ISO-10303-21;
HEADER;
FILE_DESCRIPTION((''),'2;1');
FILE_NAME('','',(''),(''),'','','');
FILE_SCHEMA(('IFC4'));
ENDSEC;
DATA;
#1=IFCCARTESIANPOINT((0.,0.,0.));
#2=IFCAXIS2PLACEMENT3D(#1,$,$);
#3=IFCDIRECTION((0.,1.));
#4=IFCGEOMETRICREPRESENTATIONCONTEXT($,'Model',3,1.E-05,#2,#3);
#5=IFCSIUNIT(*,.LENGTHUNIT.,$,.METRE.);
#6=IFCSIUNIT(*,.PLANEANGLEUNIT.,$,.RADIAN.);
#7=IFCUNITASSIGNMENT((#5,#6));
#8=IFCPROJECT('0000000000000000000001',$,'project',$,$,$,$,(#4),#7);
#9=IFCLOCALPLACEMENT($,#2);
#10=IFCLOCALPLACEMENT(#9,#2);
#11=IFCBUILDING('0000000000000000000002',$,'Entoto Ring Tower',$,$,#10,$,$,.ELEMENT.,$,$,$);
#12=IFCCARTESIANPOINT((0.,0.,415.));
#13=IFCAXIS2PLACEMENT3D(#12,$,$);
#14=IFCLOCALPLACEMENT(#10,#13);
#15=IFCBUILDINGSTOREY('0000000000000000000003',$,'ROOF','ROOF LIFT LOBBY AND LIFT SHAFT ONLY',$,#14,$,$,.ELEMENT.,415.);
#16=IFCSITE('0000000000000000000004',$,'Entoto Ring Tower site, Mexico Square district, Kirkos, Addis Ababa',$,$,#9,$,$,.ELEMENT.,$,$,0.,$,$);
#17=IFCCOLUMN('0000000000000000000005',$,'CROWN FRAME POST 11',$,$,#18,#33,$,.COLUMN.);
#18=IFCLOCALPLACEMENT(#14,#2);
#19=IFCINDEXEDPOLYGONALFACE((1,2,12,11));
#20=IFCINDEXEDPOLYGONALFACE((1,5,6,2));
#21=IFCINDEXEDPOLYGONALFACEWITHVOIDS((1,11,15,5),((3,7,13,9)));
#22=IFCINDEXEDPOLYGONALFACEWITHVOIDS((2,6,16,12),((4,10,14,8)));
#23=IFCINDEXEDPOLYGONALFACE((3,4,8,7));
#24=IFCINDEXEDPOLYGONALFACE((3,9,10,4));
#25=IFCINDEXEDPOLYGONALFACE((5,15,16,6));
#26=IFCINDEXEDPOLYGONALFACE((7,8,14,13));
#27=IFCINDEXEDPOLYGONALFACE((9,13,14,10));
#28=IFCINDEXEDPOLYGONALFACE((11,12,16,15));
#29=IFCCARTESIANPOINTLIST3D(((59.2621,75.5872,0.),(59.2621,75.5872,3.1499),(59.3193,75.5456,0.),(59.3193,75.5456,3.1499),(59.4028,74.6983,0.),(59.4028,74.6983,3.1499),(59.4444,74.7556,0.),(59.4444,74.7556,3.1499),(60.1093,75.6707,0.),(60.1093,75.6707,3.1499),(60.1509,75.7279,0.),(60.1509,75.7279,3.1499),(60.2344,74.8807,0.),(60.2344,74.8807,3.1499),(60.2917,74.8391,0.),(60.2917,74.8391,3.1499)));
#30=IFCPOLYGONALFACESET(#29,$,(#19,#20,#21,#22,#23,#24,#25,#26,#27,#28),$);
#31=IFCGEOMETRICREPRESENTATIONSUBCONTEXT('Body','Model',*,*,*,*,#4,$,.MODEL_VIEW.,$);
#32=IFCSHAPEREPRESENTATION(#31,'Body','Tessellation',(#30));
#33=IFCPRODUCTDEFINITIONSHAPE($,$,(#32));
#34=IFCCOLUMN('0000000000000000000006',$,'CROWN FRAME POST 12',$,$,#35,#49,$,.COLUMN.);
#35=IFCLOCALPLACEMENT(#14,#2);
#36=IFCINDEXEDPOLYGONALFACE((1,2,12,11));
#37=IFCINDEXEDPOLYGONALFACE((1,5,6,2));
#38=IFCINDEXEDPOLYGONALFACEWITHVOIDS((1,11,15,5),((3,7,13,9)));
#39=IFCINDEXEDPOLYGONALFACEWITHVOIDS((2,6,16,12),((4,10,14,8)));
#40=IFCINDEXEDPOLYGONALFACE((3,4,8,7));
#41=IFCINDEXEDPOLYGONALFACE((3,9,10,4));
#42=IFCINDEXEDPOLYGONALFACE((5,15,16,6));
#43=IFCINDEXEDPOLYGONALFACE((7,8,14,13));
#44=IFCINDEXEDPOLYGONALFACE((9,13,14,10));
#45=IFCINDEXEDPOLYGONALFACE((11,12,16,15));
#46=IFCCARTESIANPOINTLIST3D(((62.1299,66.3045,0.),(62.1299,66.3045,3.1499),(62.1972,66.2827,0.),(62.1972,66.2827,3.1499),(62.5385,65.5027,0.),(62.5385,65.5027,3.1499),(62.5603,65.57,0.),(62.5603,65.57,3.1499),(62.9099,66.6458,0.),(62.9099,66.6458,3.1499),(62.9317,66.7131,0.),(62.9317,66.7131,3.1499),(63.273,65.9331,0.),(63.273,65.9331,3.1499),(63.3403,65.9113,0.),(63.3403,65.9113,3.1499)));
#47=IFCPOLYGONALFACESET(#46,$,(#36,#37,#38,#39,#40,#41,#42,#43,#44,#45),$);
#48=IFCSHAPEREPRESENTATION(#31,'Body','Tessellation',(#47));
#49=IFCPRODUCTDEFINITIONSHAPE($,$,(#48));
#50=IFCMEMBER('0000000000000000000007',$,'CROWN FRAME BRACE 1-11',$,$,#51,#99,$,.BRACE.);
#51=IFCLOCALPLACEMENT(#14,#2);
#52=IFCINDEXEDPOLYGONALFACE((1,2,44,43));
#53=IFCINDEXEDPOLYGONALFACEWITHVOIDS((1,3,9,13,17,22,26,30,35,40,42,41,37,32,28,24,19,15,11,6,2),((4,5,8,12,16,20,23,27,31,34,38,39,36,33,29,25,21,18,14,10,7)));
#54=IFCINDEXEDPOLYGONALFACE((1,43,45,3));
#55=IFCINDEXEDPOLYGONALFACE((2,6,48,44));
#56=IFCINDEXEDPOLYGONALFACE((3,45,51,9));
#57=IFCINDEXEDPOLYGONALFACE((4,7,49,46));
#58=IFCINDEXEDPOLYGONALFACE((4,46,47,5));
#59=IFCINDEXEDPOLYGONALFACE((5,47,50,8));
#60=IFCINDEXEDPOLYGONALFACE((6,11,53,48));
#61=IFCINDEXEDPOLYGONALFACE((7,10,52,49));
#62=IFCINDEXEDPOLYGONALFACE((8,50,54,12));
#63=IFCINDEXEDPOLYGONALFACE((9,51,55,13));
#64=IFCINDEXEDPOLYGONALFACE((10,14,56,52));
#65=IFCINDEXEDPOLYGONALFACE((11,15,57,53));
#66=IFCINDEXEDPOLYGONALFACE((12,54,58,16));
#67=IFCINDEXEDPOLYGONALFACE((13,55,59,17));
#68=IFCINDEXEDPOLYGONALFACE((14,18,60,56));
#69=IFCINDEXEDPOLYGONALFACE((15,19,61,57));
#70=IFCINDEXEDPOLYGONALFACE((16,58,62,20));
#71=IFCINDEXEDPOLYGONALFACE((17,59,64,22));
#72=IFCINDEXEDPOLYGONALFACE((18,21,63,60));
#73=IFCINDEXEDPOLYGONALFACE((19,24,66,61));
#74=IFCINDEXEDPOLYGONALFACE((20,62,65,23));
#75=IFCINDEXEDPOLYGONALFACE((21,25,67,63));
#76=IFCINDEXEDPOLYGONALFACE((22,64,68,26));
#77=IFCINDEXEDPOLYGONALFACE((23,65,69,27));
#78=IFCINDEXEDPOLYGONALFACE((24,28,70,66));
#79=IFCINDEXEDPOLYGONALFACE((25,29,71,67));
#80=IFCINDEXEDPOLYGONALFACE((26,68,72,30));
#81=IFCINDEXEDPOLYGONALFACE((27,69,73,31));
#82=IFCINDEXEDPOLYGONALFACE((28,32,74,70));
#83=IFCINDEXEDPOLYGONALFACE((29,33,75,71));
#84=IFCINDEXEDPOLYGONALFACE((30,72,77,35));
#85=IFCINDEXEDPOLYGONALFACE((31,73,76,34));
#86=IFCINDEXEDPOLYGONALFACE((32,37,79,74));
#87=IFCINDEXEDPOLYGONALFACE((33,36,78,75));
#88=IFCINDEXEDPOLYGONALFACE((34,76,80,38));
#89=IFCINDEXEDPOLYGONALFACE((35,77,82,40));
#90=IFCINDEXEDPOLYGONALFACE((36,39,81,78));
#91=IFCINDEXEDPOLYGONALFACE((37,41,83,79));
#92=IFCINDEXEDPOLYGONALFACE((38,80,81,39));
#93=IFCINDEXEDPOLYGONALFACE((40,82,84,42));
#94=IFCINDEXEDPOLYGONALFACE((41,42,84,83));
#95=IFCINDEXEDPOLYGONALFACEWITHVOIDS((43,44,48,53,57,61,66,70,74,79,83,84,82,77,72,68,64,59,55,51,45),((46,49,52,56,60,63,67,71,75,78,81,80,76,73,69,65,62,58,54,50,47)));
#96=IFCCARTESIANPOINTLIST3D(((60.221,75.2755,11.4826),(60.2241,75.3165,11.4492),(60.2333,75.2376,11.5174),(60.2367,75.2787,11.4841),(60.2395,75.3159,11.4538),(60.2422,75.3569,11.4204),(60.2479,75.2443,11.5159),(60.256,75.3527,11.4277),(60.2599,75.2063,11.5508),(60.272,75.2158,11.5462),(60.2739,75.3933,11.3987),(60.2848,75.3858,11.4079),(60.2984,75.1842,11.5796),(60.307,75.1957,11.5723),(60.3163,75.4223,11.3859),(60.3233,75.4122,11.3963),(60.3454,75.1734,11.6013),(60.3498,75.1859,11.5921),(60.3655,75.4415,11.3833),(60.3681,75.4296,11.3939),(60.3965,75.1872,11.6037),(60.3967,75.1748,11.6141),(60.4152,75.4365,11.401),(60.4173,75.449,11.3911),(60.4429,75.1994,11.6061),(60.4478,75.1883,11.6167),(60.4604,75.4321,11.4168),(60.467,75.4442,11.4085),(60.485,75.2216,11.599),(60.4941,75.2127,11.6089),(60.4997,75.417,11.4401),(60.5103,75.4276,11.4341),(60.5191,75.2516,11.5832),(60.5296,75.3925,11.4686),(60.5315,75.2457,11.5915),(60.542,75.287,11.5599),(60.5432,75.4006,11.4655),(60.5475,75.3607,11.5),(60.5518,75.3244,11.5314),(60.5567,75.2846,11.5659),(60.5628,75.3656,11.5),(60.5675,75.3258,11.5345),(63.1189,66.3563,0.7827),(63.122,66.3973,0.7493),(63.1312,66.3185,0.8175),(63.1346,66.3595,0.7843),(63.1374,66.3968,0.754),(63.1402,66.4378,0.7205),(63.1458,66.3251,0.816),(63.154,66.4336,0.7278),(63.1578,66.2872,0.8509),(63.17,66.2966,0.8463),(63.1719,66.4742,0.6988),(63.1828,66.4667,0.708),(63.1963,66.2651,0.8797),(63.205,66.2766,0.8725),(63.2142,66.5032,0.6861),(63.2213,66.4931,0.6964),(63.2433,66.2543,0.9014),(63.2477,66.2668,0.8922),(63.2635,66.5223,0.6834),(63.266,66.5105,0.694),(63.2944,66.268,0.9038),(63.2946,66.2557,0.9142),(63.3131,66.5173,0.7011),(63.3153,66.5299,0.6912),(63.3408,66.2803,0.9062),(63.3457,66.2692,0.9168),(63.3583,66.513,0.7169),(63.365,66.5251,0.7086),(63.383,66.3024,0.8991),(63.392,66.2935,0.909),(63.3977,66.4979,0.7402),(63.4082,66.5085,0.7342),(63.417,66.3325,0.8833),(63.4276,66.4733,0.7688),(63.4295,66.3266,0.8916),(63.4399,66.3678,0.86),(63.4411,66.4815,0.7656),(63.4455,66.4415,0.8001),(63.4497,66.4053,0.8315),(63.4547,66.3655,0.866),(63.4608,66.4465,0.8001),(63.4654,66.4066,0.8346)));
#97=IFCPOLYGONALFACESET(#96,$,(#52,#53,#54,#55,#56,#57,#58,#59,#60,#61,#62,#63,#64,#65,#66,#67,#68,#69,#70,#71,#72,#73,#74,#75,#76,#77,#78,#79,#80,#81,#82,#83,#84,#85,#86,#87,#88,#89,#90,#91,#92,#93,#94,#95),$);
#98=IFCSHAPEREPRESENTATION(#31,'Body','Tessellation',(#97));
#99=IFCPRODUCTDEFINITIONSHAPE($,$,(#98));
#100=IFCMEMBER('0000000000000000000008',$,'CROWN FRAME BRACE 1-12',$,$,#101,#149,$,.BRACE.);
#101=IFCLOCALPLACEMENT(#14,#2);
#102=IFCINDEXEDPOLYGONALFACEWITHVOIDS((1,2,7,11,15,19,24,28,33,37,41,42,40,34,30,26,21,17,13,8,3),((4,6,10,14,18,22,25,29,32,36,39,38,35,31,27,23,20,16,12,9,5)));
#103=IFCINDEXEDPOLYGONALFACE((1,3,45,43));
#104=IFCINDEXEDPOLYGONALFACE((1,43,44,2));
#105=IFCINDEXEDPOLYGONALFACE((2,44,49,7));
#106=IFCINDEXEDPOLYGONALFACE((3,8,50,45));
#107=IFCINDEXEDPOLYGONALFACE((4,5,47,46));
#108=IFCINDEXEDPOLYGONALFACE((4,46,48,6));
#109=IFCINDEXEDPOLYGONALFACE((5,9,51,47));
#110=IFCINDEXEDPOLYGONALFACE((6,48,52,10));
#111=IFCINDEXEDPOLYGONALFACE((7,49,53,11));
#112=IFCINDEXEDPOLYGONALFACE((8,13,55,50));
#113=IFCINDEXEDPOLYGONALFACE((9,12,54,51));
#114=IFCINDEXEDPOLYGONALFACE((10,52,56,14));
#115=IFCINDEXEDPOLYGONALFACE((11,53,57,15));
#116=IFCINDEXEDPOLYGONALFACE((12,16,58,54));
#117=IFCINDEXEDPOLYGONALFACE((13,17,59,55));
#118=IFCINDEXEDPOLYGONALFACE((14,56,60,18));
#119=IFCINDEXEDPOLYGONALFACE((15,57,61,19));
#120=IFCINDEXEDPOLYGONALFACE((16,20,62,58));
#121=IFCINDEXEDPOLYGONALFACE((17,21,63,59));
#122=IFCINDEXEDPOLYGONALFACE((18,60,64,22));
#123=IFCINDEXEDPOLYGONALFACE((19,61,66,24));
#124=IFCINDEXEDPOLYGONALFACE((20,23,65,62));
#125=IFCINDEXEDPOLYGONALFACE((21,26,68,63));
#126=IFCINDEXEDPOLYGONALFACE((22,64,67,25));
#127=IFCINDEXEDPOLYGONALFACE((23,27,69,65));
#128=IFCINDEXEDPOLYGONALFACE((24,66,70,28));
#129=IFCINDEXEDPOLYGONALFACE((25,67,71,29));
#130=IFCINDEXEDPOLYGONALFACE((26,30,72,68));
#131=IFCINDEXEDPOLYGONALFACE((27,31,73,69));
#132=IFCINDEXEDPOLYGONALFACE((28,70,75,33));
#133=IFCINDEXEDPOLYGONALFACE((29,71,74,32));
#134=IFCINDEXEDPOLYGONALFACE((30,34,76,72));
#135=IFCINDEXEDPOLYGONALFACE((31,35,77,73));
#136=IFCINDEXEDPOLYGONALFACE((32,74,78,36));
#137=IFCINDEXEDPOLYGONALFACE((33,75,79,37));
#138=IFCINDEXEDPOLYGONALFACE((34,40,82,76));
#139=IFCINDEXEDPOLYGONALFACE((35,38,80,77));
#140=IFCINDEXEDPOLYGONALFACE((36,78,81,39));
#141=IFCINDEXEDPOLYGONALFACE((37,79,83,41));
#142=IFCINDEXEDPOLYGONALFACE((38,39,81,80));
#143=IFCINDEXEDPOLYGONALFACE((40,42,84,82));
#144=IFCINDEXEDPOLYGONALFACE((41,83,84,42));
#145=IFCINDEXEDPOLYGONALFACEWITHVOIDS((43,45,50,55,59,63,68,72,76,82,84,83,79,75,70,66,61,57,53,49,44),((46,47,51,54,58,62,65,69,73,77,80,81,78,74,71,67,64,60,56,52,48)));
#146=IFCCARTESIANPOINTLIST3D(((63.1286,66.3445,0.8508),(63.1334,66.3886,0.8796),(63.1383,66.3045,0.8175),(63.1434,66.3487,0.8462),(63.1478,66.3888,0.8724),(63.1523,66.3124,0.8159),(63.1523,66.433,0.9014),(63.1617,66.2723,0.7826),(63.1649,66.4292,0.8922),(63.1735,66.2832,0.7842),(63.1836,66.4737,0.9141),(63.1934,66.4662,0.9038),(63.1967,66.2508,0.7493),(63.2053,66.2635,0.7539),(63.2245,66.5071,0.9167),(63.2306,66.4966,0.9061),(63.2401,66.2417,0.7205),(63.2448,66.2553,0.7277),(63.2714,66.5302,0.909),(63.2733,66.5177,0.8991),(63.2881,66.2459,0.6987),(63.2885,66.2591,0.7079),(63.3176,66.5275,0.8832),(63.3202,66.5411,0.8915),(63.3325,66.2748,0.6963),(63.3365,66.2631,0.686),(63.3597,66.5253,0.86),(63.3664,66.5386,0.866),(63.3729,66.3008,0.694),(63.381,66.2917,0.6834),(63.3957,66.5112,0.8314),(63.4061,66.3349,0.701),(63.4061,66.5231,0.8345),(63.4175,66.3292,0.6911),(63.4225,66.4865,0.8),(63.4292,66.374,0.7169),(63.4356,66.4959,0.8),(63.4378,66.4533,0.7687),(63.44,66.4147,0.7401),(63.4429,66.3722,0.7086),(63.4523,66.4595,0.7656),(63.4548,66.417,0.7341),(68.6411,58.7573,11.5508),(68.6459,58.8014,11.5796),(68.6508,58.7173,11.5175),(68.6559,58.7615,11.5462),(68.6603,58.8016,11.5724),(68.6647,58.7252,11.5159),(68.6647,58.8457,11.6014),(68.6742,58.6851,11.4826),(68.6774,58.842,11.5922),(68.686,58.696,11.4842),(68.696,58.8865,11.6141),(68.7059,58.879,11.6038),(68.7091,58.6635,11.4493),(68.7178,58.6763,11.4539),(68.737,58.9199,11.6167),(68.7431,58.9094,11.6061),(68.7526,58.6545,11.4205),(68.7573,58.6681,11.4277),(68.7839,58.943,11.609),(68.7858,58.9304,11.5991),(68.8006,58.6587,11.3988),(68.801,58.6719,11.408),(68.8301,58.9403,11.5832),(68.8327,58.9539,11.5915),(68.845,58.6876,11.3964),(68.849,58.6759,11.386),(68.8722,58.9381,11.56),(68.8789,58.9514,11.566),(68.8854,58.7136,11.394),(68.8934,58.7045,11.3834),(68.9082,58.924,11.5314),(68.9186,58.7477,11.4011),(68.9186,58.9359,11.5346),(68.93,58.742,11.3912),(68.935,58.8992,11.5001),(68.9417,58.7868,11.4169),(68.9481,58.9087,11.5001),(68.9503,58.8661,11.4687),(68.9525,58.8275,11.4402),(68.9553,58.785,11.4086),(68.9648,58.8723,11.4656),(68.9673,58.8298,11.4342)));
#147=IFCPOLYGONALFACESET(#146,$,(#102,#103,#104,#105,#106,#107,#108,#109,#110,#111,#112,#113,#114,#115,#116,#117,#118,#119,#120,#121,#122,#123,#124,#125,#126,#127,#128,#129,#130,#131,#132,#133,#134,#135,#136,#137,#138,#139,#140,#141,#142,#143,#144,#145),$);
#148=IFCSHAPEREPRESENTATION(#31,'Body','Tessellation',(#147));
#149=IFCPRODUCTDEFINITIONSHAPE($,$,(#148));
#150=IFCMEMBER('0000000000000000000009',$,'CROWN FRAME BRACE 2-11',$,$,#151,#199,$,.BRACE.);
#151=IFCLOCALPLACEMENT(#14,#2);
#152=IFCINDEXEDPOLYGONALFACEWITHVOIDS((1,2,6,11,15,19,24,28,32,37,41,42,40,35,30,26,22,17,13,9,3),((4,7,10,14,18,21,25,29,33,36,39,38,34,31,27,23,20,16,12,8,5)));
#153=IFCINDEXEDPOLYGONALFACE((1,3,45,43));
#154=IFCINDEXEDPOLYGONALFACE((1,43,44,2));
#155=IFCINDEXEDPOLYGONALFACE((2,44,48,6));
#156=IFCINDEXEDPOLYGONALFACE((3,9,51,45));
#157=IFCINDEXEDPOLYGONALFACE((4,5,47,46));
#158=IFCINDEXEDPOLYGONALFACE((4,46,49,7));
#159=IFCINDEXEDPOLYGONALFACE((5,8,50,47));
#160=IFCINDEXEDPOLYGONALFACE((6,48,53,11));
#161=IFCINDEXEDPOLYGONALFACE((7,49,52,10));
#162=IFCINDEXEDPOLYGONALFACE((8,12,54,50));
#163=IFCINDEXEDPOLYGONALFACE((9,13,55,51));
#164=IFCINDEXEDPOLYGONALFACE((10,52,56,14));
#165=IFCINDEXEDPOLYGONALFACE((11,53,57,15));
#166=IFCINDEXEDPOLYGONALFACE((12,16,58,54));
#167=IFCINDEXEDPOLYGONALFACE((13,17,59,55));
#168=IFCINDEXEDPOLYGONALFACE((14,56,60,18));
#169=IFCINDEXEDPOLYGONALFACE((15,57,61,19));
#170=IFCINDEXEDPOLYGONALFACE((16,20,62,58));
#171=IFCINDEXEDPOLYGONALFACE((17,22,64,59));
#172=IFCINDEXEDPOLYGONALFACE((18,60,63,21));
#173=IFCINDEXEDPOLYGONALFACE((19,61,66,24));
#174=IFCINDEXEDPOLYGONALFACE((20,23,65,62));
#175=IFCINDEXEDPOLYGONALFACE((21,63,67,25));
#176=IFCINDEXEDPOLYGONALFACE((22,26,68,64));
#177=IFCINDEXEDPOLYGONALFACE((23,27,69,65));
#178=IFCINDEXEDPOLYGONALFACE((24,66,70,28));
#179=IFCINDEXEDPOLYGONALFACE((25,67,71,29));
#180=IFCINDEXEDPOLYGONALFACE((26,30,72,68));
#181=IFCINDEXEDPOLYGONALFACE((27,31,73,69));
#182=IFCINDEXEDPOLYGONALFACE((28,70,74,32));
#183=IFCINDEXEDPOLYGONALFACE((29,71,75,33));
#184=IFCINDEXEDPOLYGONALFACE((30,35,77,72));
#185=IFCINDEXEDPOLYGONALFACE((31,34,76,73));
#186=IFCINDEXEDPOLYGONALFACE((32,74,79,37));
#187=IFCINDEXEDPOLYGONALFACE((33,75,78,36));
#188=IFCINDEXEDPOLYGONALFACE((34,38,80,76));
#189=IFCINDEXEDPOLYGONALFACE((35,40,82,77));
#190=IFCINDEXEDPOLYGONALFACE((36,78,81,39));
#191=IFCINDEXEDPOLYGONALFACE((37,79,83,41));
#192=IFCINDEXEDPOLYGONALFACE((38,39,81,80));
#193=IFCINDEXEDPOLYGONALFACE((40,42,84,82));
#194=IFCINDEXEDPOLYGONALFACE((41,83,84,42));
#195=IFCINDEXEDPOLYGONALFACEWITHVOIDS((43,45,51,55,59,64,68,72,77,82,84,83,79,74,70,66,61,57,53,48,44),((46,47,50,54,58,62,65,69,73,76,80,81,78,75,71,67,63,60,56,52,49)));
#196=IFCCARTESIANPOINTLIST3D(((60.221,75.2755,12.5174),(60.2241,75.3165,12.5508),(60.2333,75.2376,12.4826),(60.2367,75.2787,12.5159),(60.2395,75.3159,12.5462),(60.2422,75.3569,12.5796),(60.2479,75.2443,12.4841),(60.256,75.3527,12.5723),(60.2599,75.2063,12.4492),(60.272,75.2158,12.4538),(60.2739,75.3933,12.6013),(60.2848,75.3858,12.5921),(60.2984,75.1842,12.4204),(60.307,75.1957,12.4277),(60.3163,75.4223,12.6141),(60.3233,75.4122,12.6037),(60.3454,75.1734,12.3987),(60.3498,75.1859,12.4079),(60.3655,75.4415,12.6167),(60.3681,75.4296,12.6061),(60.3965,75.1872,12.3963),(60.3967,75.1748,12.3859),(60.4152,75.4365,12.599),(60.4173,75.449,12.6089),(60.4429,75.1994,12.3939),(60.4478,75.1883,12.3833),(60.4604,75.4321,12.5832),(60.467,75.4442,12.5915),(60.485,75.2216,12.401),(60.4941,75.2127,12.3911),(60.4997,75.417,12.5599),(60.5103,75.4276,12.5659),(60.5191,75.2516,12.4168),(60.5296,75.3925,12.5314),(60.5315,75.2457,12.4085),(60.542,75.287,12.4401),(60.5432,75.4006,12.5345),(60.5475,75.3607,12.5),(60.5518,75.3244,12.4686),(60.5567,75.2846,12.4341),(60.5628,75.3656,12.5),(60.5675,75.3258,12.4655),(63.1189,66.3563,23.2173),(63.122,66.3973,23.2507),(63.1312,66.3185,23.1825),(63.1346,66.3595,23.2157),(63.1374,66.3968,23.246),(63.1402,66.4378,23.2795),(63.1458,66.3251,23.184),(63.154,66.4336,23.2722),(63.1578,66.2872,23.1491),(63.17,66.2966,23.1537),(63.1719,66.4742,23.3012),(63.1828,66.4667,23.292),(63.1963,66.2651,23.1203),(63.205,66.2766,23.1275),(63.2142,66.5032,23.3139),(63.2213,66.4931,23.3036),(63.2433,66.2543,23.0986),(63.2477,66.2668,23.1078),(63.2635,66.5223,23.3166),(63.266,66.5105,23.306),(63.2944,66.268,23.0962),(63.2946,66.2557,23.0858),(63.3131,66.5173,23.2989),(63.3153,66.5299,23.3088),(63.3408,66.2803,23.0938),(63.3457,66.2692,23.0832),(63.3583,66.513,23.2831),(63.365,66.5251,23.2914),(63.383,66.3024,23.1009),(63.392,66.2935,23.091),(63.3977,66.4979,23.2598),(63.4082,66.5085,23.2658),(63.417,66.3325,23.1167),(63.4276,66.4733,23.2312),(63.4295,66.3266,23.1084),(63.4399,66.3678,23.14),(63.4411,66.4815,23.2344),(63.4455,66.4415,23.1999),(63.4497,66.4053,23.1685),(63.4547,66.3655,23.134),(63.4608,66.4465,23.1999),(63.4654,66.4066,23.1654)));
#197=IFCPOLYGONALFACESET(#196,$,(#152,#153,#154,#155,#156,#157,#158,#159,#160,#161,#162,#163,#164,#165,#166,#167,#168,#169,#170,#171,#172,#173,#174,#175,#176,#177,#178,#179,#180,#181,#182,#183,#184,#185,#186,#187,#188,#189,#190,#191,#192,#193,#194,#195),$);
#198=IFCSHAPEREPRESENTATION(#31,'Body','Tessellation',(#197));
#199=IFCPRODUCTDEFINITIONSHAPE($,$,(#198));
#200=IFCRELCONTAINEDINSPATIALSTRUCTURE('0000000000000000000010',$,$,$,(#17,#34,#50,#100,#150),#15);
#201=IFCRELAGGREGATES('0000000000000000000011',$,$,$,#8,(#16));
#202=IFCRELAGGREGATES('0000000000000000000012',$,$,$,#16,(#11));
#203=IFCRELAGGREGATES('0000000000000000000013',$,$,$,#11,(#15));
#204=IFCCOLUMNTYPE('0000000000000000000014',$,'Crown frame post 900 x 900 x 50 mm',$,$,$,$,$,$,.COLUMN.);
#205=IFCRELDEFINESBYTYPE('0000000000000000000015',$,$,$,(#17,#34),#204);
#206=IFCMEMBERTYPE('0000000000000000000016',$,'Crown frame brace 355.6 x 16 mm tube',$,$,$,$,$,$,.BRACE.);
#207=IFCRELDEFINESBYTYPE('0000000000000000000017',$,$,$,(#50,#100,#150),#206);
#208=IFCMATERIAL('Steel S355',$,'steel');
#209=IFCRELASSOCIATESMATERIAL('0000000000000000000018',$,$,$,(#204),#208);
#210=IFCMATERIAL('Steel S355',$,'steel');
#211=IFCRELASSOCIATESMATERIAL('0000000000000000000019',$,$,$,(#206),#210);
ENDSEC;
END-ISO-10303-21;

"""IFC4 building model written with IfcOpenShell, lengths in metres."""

from ifc_helpers import new_model, si_unit, direction, frame, origin, origin_2d, place, context, subcontext, project, spatial, hollow_rectangle, hollow_circle, extrude, material, material_profile, profile_set, type_object, element, save


model = new_model("IFC4")

# Units and contexts
model_context = context("Model", 3, precision=1e-05, world=origin(), true_north=direction((0.0, 1.0)))
body_context = subcontext(model_context, "Body", "Model", "MODEL_VIEW")
ifc_project = project(units=[si_unit("LENGTHUNIT", "METRE"), si_unit("PLANEANGLEUNIT", "RADIAN")], contexts=[model_context])

# Site, building, storey
site_placement = place(None, origin())
site = spatial("IfcSite", under=ifc_project, at=site_placement, Name="Entoto Ring Tower site, Mexico Square district, Kirkos, Addis Ababa", CompositionType="ELEMENT", RefElevation=0.0)
building_placement = place(site_placement, origin())
building = spatial("IfcBuilding", under=site, at=building_placement, Name="Entoto Ring Tower", CompositionType="ELEMENT")
storey_placement = place(building_placement, frame((0.0, 0.0, 415.0)))
storey = spatial("IfcBuildingStorey", under=building, at=storey_placement, Name="ROOF", Description="ROOF LIFT LOBBY AND LIFT SHAFT ONLY", CompositionType="ELEMENT", Elevation=415.0)

# Columns
ifc_material_1 = material(Name="Steel S355", Category="steel")
ifc_material_profile_1 = material_profile(ifc_material_1, hollow_rectangle(XDim=0.8999, YDim=0.8999, WallThickness=0.05, at=origin_2d()), Name="Crown frame post 900 x 900 x 50 mm")
ifc_profile_set_1 = profile_set([ifc_material_profile_1], Name="Steel S355")
column_type = type_object("IfcColumnType", Name="Crown frame post 900 x 900 x 50 mm", PredefinedType="COLUMN", material=ifc_profile_set_1)
for number, where, z_axis, x_axis, name in (
    (1, (59.7769, 75.2131, 0.0), (0.0, 0.0, 1.0), (0.156434, -0.987688, 0.0), "CROWN FRAME POST 11"),
    (2, (62.7351, 66.1079, 0.0), (0.0, 0.0, 1.0), (0.45399, -0.891007, 0.0), "CROWN FRAME POST 12"),
):
    element("IfcColumn", number, at=place(storey_placement, frame(where, z_axis=z_axis, x_axis=x_axis)), inside=storey, type_object=column_type, Name=name, PredefinedType="COLUMN", context=body_context, shape_type="SweptSolid", body=[
        extrude(hollow_rectangle(XDim=0.8999, YDim=0.8999, WallThickness=0.05, at=origin_2d()), origin(), (0.0, 0.0, 1.0), 3.1499),
    ])

# Members
ifc_material_2 = material(Name="Steel S355", Category="steel")
ifc_material_profile_2 = material_profile(ifc_material_2, hollow_circle(Radius=0.1775, WallThickness=0.0161, at=origin_2d()), Name="Crown frame brace 355.6 x 16 mm tube")
ifc_profile_set_2 = profile_set([ifc_material_profile_2], Name="Steel S355")
member_type_1 = type_object("IfcMemberType", Name="Crown frame brace 355.6 x 16 mm tube", PredefinedType="BRACE", material=ifc_profile_set_2)
member_1_placement = place(storey_placement, frame((60.394, 75.3108, 11.5), z_axis=(0.203678, -0.626871, -0.752029), x_axis=(0.951059, 0.30901, 0.0)))
element("IfcMember", 3, at=member_1_placement, inside=storey, type_object=member_type_1, Name="CROWN FRAME BRACE 1-11", PredefinedType="BRACE", context=body_context, shape_type="SweptSolid", body=[
    extrude(hollow_circle(Radius=0.1775, WallThickness=0.0161, at=origin_2d()), origin(), (0.0, 0.0, 1.0), 14.228),
])
member_2_placement = place(storey_placement, frame((63.292, 66.3916, 0.8), z_axis=(0.387432, -0.533249, 0.752025), x_axis=(0.809014, 0.587789, 0.0)))
element("IfcMember", 4, at=member_2_placement, inside=storey, type_object=member_type_1, Name="CROWN FRAME BRACE 1-12", PredefinedType="BRACE", context=body_context, shape_type="SweptSolid", body=[
    extrude(hollow_circle(Radius=0.1775, WallThickness=0.0161, at=origin_2d()), origin(), (0.0, 0.0, 1.0), 14.2283),
])
member_3_placement = place(storey_placement, frame((60.394, 75.3108, 12.5), z_axis=(0.203678, -0.626871, 0.752029), x_axis=(0.951059, 0.30901, 0.0)))
element("IfcMember", 5, at=member_3_placement, inside=storey, type_object=member_type_1, Name="CROWN FRAME BRACE 2-11", PredefinedType="BRACE", context=body_context, shape_type="SweptSolid", body=[
    extrude(hollow_circle(Radius=0.1775, WallThickness=0.0161, at=origin_2d()), origin(), (0.0, 0.0, 1.0), 14.228),
])

save(model, "model.ifc")
